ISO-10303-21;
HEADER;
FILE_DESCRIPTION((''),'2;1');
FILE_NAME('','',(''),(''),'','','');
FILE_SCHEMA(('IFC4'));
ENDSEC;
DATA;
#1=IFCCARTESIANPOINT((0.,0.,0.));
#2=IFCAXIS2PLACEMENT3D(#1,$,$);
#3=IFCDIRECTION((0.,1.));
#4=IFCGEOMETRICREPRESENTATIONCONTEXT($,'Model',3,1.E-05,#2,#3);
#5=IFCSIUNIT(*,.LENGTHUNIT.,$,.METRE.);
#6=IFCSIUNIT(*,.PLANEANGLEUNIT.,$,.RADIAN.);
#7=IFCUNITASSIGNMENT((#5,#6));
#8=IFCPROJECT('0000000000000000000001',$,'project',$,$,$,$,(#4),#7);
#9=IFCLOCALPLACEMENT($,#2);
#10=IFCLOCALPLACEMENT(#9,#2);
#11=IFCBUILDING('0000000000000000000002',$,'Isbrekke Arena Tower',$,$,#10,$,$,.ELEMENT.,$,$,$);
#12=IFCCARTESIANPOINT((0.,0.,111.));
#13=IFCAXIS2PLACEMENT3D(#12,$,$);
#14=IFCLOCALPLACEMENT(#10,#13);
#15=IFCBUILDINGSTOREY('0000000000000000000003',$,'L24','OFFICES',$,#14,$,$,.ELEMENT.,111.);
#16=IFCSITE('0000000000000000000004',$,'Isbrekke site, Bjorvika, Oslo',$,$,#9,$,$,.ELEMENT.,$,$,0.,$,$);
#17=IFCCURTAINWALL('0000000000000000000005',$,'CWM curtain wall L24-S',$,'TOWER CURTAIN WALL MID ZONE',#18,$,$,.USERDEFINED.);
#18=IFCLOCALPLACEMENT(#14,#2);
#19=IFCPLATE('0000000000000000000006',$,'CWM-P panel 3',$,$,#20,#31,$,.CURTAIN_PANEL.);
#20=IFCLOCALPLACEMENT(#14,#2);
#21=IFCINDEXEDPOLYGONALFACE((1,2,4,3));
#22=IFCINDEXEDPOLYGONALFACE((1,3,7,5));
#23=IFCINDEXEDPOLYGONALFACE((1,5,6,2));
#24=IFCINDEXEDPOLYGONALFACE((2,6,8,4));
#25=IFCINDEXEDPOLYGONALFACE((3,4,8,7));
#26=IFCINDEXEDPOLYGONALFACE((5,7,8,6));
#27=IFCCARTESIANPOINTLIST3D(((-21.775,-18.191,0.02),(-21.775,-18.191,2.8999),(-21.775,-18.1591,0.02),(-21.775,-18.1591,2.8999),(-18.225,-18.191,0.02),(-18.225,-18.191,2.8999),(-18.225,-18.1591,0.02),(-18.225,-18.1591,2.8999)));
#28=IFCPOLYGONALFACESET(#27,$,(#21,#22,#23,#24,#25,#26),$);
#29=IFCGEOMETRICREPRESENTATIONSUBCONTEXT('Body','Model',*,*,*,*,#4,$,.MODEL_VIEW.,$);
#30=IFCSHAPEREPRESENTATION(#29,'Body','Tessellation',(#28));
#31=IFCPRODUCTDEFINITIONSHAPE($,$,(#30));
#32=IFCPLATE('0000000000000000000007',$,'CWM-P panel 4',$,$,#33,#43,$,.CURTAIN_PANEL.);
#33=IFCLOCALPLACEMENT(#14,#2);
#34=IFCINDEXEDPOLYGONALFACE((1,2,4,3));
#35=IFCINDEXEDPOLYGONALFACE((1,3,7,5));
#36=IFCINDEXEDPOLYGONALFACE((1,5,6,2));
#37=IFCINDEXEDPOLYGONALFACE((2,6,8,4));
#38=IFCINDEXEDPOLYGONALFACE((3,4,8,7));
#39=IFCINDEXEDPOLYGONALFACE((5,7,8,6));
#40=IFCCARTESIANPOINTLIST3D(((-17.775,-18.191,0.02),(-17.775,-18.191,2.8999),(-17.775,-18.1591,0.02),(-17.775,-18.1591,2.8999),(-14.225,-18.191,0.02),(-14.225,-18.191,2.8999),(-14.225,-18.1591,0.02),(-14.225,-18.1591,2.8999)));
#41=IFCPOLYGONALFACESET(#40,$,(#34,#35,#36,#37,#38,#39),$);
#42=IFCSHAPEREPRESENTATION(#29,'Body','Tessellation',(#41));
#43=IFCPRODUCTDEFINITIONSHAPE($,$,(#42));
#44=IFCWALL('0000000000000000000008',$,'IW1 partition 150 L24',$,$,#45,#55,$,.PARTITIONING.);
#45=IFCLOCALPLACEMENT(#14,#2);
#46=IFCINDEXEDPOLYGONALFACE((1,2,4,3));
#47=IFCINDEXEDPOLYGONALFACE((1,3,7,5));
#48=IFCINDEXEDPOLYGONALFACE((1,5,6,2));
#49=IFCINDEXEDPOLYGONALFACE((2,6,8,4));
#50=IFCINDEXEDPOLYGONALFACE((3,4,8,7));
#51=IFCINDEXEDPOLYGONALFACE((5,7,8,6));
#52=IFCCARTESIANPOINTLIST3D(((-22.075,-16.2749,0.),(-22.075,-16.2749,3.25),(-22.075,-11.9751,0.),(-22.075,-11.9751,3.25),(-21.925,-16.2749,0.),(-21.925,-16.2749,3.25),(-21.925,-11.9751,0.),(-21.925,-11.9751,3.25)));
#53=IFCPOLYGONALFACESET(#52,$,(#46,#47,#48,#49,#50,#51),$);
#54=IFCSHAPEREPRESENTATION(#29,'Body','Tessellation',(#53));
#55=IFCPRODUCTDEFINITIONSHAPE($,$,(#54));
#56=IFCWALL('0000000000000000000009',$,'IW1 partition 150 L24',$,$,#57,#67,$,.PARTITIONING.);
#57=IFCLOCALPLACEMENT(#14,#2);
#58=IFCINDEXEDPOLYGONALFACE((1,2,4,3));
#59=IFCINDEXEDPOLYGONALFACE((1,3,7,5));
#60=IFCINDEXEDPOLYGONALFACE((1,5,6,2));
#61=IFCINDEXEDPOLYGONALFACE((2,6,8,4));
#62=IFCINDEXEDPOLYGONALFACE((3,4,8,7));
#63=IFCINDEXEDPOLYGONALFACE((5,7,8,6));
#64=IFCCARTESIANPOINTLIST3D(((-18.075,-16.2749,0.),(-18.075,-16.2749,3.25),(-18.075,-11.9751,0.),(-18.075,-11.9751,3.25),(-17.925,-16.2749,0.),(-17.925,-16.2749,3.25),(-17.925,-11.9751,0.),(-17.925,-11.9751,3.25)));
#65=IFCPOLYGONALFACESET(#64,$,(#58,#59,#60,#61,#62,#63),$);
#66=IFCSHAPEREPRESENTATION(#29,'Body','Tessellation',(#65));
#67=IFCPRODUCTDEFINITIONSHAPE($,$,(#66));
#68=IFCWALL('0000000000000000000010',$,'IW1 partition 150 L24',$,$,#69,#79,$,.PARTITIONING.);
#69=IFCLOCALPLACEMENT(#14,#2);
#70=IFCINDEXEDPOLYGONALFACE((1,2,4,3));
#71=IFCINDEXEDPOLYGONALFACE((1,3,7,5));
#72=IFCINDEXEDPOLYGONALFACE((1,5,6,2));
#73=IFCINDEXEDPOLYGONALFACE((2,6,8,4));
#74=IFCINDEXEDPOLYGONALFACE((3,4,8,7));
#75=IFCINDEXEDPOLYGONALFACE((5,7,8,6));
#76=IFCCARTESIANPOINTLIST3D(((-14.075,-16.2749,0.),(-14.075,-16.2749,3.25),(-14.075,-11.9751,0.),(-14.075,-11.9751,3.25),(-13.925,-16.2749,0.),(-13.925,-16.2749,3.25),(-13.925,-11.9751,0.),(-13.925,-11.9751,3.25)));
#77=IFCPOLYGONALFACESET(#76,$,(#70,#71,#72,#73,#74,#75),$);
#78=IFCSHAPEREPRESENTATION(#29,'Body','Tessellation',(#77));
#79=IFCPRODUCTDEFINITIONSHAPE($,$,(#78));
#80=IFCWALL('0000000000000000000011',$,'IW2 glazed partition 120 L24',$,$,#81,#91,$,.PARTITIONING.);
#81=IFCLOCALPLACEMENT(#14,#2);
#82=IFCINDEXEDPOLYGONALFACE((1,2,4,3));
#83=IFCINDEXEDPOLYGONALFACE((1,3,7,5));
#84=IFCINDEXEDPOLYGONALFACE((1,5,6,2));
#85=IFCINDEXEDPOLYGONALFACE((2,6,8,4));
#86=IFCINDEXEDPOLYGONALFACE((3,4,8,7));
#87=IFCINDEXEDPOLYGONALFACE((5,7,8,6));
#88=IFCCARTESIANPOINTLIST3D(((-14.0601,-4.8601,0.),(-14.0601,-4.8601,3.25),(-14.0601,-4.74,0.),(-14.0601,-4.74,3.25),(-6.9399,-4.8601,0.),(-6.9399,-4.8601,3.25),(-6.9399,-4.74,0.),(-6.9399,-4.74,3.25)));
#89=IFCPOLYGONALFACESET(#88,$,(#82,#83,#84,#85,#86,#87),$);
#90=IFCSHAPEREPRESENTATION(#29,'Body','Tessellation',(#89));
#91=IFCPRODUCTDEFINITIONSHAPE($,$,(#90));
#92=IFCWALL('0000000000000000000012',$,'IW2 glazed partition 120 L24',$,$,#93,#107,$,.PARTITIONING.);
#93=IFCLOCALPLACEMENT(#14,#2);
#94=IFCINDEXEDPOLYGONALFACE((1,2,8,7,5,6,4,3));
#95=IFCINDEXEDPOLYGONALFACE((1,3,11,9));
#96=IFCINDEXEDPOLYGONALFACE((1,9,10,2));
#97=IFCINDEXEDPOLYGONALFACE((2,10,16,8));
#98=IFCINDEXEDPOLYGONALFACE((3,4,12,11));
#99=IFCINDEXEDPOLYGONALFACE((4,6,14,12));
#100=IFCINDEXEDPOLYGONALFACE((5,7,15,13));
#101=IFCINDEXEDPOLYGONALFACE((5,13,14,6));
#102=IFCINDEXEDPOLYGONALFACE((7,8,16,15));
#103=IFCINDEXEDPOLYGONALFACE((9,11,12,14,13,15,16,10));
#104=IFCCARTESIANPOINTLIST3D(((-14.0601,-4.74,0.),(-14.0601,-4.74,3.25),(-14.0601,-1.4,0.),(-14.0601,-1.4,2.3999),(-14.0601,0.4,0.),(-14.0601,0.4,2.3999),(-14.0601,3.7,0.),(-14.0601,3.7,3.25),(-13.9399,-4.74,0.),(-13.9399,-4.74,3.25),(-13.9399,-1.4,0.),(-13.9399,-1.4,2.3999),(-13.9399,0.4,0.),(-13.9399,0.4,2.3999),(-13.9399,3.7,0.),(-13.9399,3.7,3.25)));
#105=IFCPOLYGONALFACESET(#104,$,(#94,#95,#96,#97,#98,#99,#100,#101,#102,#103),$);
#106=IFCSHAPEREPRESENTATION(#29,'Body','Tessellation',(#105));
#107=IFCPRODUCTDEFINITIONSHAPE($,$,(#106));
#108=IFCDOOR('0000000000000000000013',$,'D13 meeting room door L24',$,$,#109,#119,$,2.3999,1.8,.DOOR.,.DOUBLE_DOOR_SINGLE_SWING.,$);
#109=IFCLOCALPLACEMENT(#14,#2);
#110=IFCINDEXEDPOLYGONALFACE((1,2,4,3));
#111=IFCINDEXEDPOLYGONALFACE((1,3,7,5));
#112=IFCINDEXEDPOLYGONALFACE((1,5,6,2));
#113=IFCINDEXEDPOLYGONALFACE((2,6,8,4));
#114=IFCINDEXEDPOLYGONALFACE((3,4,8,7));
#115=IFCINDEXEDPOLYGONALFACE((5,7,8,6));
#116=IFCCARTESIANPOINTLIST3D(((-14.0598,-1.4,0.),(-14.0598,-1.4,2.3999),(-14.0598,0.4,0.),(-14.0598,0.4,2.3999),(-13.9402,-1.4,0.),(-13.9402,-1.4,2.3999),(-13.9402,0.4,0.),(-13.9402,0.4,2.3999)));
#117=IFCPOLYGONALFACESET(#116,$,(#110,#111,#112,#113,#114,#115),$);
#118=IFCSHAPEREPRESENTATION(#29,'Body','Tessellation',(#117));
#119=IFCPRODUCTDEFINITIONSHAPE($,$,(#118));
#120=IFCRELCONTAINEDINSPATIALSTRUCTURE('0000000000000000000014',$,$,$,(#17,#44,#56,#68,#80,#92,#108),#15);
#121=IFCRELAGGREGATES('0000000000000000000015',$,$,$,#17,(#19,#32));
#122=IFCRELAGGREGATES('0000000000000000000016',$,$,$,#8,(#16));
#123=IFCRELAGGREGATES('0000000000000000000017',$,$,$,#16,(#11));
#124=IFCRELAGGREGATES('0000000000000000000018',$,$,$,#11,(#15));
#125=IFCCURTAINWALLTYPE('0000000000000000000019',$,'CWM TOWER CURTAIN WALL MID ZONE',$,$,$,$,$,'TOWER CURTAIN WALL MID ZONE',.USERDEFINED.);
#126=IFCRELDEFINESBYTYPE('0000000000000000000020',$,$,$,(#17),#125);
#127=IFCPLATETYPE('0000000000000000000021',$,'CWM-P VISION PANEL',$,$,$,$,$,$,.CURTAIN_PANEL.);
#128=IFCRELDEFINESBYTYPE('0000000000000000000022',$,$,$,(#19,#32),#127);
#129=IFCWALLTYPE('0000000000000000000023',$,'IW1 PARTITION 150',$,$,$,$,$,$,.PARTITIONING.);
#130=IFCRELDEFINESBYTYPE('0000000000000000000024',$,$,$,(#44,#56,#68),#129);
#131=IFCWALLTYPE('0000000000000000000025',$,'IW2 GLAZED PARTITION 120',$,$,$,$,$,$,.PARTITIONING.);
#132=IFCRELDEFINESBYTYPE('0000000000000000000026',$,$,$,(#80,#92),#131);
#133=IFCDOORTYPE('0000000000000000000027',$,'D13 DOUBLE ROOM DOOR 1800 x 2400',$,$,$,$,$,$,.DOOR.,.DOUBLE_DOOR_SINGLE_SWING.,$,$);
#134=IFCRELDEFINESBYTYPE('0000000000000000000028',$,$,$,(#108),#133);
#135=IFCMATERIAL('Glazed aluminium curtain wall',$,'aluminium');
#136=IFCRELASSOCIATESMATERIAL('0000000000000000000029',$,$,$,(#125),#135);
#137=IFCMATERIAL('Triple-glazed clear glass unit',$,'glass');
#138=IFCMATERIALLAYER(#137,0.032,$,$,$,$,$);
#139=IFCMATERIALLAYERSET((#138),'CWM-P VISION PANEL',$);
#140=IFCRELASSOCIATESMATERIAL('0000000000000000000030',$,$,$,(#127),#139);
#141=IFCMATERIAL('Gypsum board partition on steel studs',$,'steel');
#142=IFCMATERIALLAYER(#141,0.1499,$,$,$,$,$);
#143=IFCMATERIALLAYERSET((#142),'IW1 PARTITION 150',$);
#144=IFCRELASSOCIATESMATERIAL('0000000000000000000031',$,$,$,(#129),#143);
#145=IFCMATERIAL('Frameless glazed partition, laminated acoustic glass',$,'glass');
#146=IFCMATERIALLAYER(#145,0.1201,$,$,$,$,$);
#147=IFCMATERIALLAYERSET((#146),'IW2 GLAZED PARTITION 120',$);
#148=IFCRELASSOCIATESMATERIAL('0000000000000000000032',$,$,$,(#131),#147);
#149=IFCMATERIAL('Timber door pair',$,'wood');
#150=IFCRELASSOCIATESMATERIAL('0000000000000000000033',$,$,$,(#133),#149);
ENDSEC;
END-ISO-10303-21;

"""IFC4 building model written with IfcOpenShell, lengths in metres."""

from ifc_helpers import new_model, si_unit, direction, frame, frame_2d, origin, origin_2d, place, context, subcontext, project, spatial, rectangle, extrude, material, layer, layer_set, type_object, element, fill, aggregate, save


model = new_model("IFC4")

# Units and contexts
model_context = context("Model", 3, precision=1e-05, world=origin(), true_north=direction((0.0, 1.0)))
body_context = subcontext(model_context, "Body", "Model", "MODEL_VIEW")
ifc_project = project(units=[si_unit("LENGTHUNIT", "METRE"), si_unit("PLANEANGLEUNIT", "RADIAN")], contexts=[model_context])

# Site, building, storey
site_placement = place(None, origin())
site = spatial("IfcSite", under=ifc_project, at=site_placement, Name="Isbrekke site, Bjorvika, Oslo", CompositionType="ELEMENT", RefElevation=0.0)
building_placement = place(site_placement, origin())
building = spatial("IfcBuilding", under=site, at=building_placement, Name="Isbrekke Arena Tower", CompositionType="ELEMENT")
storey_placement = place(building_placement, frame((0.0, 0.0, 111.0)))
storey = spatial("IfcBuildingStorey", under=building, at=storey_placement, Name="L24", Description="OFFICES", CompositionType="ELEMENT", Elevation=111.0)

# Curtain wall
ifc_material_1 = material(Name="Glazed aluminium curtain wall", Category="aluminium")
curtain_wall_type = type_object("IfcCurtainWallType", Name="CWM TOWER CURTAIN WALL MID ZONE", ElementType="TOWER CURTAIN WALL MID ZONE", PredefinedType="USERDEFINED", material=ifc_material_1)
curtain_wall_placement = place(storey_placement, origin())
curtain_wall = element("IfcCurtainWall", 1, at=curtain_wall_placement, inside=storey, type_object=curtain_wall_type, Name="CWM curtain wall L24-S", ObjectType="TOWER CURTAIN WALL MID ZONE", PredefinedType="USERDEFINED")

# Plates
ifc_material_2 = material(Name="Triple-glazed clear glass unit", Category="glass")
ifc_layer_1 = layer(ifc_material_2, 0.032)
ifc_layer_set_1 = layer_set([ifc_layer_1], Name="CWM-P VISION PANEL")
plate_type = type_object("IfcPlateType", Name="CWM-P VISION PANEL", PredefinedType="CURTAIN_PANEL", material=ifc_layer_set_1)
plate_1_placement = place(storey_placement, frame((-20.0, -18.175, 0.02), z_axis=(0.0, 0.0, 1.0), x_axis=(1.0, 0.0, 0.0)))
plate_1 = element("IfcPlate", 2, at=plate_1_placement, type_object=plate_type, Name="CWM-P panel 3", PredefinedType="CURTAIN_PANEL", context=body_context, shape_type="SweptSolid", body=[
    extrude(rectangle(XDim=3.55, YDim=0.032, at=origin_2d()), origin(), (0.0, 0.0, 1.0), 2.8799),
])
plate_2_placement = place(storey_placement, frame((-16.0, -18.175, 0.02), z_axis=(0.0, 0.0, 1.0), x_axis=(1.0, 0.0, 0.0)))
plate_2 = element("IfcPlate", 3, at=plate_2_placement, type_object=plate_type, Name="CWM-P panel 4", PredefinedType="CURTAIN_PANEL", context=body_context, shape_type="SweptSolid", body=[
    extrude(rectangle(XDim=3.55, YDim=0.032, at=origin_2d()), origin(), (0.0, 0.0, 1.0), 2.8799),
])
aggregate(curtain_wall, [plate_1, plate_2])

# Walls
ifc_material_3 = material(Name="Gypsum board partition on steel studs", Category="steel")
ifc_layer_2 = layer(ifc_material_3, 0.1499)
ifc_layer_set_2 = layer_set([ifc_layer_2], Name="IW1 PARTITION 150")
wall_type_1 = type_object("IfcWallType", Name="IW1 PARTITION 150", PredefinedType="PARTITIONING", material=ifc_layer_set_2)
for number, where, z_axis, x_axis, name in (
    (4, (-22.0, -16.2749, 0.0), (0.0, 0.0, 1.0), (0.0, 1.0, 0.0), "IW1 partition 150 L24"),
    (5, (-18.0, -16.2749, 0.0), (0.0, 0.0, 1.0), (0.0, 1.0, 0.0), "IW1 partition 150 L24"),
    (6, (-14.0, -16.2749, 0.0), (0.0, 0.0, 1.0), (0.0, 1.0, 0.0), "IW1 partition 150 L24"),
):
    element("IfcWall", number, at=place(storey_placement, frame(where, z_axis=z_axis, x_axis=x_axis)), inside=storey, type_object=wall_type_1, Name=name, PredefinedType="PARTITIONING", context=body_context, shape_type="SweptSolid", body=[
        extrude(rectangle(XDim=4.2998, YDim=0.1499, at=frame_2d((2.1499, 0.0))), origin(), (0.0, 0.0, 1.0), 3.25),
    ])
ifc_material_4 = material(Name="Frameless glazed partition, laminated acoustic glass", Category="glass")
ifc_layer_3 = layer(ifc_material_4, 0.1201)
ifc_layer_set_3 = layer_set([ifc_layer_3], Name="IW2 GLAZED PARTITION 120")
wall_type_2 = type_object("IfcWallType", Name="IW2 GLAZED PARTITION 120", PredefinedType="PARTITIONING", material=ifc_layer_set_3)
wall_1_placement = place(storey_placement, frame((-14.0601, -4.8, 0.0), z_axis=(0.0, 0.0, 1.0), x_axis=(1.0, 0.0, 0.0)))
element("IfcWall", 7, at=wall_1_placement, inside=storey, type_object=wall_type_2, Name="IW2 glazed partition 120 L24", PredefinedType="PARTITIONING", context=body_context, shape_type="SweptSolid", body=[
    extrude(rectangle(XDim=7.1201, YDim=0.1201, at=frame_2d((3.5601, 0.0))), origin(), (0.0, 0.0, 1.0), 3.25),
])

# Wall, opening, door
wall_2_placement = place(storey_placement, frame((-14.0, -4.74, 0.0), z_axis=(0.0, 0.0, 1.0), x_axis=(0.0, 1.0, 0.0)))
wall_2 = element("IfcWall", 8, at=wall_2_placement, inside=storey, type_object=wall_type_2, Name="IW2 glazed partition 120 L24", PredefinedType="PARTITIONING", context=body_context, shape_type="SweptSolid", body=[
    extrude(rectangle(XDim=8.4399, YDim=0.1201, at=frame_2d((4.22, 0.0))), origin(), (0.0, 0.0, 1.0), 3.25),
])
opening_placement = place(wall_2_placement, frame((3.3401, 0.0, 0.0)))
opening = element("IfcOpeningElement", 9, at=opening_placement, cuts=wall_2, PredefinedType="OPENING", context=body_context, shape_type="SweptSolid", body=[
    extrude(rectangle(XDim=1.8, YDim=2.3999, at=frame_2d((0.8999, 1.2))), frame((0.0, 0.075, 0.0), z_axis=(0.0, -1.0, 0.0), x_axis=(1.0, 0.0, 0.0)), (0.0, 0.0, 1.0), 0.1499),
])
ifc_material_5 = material(Name="Timber door pair", Category="wood")
door_type = type_object("IfcDoorType", Name="D13 DOUBLE ROOM DOOR 1800 x 2400", OperationType="DOUBLE_DOOR_SINGLE_SWING", PredefinedType="DOOR", material=ifc_material_5)
door_placement = place(opening_placement, origin())
door = element("IfcDoor", 10, at=door_placement, inside=storey, type_object=door_type, Name="D13 meeting room door L24", OperationType="DOUBLE_DOOR_SINGLE_SWING", OverallHeight=2.3999, OverallWidth=1.8, PredefinedType="DOOR", context=body_context, shape_type="SweptSolid", body=[
    extrude(rectangle(XDim=1.8, YDim=2.3999, at=frame_2d((0.8999, 1.2))), frame((0.0, 0.0598, 0.0), z_axis=(0.0, -1.0, 0.0), x_axis=(1.0, 0.0, 0.0)), (0.0, 0.0, 1.0), 0.1196),
])
fill(opening, door)

save(model, "model.ifc")
